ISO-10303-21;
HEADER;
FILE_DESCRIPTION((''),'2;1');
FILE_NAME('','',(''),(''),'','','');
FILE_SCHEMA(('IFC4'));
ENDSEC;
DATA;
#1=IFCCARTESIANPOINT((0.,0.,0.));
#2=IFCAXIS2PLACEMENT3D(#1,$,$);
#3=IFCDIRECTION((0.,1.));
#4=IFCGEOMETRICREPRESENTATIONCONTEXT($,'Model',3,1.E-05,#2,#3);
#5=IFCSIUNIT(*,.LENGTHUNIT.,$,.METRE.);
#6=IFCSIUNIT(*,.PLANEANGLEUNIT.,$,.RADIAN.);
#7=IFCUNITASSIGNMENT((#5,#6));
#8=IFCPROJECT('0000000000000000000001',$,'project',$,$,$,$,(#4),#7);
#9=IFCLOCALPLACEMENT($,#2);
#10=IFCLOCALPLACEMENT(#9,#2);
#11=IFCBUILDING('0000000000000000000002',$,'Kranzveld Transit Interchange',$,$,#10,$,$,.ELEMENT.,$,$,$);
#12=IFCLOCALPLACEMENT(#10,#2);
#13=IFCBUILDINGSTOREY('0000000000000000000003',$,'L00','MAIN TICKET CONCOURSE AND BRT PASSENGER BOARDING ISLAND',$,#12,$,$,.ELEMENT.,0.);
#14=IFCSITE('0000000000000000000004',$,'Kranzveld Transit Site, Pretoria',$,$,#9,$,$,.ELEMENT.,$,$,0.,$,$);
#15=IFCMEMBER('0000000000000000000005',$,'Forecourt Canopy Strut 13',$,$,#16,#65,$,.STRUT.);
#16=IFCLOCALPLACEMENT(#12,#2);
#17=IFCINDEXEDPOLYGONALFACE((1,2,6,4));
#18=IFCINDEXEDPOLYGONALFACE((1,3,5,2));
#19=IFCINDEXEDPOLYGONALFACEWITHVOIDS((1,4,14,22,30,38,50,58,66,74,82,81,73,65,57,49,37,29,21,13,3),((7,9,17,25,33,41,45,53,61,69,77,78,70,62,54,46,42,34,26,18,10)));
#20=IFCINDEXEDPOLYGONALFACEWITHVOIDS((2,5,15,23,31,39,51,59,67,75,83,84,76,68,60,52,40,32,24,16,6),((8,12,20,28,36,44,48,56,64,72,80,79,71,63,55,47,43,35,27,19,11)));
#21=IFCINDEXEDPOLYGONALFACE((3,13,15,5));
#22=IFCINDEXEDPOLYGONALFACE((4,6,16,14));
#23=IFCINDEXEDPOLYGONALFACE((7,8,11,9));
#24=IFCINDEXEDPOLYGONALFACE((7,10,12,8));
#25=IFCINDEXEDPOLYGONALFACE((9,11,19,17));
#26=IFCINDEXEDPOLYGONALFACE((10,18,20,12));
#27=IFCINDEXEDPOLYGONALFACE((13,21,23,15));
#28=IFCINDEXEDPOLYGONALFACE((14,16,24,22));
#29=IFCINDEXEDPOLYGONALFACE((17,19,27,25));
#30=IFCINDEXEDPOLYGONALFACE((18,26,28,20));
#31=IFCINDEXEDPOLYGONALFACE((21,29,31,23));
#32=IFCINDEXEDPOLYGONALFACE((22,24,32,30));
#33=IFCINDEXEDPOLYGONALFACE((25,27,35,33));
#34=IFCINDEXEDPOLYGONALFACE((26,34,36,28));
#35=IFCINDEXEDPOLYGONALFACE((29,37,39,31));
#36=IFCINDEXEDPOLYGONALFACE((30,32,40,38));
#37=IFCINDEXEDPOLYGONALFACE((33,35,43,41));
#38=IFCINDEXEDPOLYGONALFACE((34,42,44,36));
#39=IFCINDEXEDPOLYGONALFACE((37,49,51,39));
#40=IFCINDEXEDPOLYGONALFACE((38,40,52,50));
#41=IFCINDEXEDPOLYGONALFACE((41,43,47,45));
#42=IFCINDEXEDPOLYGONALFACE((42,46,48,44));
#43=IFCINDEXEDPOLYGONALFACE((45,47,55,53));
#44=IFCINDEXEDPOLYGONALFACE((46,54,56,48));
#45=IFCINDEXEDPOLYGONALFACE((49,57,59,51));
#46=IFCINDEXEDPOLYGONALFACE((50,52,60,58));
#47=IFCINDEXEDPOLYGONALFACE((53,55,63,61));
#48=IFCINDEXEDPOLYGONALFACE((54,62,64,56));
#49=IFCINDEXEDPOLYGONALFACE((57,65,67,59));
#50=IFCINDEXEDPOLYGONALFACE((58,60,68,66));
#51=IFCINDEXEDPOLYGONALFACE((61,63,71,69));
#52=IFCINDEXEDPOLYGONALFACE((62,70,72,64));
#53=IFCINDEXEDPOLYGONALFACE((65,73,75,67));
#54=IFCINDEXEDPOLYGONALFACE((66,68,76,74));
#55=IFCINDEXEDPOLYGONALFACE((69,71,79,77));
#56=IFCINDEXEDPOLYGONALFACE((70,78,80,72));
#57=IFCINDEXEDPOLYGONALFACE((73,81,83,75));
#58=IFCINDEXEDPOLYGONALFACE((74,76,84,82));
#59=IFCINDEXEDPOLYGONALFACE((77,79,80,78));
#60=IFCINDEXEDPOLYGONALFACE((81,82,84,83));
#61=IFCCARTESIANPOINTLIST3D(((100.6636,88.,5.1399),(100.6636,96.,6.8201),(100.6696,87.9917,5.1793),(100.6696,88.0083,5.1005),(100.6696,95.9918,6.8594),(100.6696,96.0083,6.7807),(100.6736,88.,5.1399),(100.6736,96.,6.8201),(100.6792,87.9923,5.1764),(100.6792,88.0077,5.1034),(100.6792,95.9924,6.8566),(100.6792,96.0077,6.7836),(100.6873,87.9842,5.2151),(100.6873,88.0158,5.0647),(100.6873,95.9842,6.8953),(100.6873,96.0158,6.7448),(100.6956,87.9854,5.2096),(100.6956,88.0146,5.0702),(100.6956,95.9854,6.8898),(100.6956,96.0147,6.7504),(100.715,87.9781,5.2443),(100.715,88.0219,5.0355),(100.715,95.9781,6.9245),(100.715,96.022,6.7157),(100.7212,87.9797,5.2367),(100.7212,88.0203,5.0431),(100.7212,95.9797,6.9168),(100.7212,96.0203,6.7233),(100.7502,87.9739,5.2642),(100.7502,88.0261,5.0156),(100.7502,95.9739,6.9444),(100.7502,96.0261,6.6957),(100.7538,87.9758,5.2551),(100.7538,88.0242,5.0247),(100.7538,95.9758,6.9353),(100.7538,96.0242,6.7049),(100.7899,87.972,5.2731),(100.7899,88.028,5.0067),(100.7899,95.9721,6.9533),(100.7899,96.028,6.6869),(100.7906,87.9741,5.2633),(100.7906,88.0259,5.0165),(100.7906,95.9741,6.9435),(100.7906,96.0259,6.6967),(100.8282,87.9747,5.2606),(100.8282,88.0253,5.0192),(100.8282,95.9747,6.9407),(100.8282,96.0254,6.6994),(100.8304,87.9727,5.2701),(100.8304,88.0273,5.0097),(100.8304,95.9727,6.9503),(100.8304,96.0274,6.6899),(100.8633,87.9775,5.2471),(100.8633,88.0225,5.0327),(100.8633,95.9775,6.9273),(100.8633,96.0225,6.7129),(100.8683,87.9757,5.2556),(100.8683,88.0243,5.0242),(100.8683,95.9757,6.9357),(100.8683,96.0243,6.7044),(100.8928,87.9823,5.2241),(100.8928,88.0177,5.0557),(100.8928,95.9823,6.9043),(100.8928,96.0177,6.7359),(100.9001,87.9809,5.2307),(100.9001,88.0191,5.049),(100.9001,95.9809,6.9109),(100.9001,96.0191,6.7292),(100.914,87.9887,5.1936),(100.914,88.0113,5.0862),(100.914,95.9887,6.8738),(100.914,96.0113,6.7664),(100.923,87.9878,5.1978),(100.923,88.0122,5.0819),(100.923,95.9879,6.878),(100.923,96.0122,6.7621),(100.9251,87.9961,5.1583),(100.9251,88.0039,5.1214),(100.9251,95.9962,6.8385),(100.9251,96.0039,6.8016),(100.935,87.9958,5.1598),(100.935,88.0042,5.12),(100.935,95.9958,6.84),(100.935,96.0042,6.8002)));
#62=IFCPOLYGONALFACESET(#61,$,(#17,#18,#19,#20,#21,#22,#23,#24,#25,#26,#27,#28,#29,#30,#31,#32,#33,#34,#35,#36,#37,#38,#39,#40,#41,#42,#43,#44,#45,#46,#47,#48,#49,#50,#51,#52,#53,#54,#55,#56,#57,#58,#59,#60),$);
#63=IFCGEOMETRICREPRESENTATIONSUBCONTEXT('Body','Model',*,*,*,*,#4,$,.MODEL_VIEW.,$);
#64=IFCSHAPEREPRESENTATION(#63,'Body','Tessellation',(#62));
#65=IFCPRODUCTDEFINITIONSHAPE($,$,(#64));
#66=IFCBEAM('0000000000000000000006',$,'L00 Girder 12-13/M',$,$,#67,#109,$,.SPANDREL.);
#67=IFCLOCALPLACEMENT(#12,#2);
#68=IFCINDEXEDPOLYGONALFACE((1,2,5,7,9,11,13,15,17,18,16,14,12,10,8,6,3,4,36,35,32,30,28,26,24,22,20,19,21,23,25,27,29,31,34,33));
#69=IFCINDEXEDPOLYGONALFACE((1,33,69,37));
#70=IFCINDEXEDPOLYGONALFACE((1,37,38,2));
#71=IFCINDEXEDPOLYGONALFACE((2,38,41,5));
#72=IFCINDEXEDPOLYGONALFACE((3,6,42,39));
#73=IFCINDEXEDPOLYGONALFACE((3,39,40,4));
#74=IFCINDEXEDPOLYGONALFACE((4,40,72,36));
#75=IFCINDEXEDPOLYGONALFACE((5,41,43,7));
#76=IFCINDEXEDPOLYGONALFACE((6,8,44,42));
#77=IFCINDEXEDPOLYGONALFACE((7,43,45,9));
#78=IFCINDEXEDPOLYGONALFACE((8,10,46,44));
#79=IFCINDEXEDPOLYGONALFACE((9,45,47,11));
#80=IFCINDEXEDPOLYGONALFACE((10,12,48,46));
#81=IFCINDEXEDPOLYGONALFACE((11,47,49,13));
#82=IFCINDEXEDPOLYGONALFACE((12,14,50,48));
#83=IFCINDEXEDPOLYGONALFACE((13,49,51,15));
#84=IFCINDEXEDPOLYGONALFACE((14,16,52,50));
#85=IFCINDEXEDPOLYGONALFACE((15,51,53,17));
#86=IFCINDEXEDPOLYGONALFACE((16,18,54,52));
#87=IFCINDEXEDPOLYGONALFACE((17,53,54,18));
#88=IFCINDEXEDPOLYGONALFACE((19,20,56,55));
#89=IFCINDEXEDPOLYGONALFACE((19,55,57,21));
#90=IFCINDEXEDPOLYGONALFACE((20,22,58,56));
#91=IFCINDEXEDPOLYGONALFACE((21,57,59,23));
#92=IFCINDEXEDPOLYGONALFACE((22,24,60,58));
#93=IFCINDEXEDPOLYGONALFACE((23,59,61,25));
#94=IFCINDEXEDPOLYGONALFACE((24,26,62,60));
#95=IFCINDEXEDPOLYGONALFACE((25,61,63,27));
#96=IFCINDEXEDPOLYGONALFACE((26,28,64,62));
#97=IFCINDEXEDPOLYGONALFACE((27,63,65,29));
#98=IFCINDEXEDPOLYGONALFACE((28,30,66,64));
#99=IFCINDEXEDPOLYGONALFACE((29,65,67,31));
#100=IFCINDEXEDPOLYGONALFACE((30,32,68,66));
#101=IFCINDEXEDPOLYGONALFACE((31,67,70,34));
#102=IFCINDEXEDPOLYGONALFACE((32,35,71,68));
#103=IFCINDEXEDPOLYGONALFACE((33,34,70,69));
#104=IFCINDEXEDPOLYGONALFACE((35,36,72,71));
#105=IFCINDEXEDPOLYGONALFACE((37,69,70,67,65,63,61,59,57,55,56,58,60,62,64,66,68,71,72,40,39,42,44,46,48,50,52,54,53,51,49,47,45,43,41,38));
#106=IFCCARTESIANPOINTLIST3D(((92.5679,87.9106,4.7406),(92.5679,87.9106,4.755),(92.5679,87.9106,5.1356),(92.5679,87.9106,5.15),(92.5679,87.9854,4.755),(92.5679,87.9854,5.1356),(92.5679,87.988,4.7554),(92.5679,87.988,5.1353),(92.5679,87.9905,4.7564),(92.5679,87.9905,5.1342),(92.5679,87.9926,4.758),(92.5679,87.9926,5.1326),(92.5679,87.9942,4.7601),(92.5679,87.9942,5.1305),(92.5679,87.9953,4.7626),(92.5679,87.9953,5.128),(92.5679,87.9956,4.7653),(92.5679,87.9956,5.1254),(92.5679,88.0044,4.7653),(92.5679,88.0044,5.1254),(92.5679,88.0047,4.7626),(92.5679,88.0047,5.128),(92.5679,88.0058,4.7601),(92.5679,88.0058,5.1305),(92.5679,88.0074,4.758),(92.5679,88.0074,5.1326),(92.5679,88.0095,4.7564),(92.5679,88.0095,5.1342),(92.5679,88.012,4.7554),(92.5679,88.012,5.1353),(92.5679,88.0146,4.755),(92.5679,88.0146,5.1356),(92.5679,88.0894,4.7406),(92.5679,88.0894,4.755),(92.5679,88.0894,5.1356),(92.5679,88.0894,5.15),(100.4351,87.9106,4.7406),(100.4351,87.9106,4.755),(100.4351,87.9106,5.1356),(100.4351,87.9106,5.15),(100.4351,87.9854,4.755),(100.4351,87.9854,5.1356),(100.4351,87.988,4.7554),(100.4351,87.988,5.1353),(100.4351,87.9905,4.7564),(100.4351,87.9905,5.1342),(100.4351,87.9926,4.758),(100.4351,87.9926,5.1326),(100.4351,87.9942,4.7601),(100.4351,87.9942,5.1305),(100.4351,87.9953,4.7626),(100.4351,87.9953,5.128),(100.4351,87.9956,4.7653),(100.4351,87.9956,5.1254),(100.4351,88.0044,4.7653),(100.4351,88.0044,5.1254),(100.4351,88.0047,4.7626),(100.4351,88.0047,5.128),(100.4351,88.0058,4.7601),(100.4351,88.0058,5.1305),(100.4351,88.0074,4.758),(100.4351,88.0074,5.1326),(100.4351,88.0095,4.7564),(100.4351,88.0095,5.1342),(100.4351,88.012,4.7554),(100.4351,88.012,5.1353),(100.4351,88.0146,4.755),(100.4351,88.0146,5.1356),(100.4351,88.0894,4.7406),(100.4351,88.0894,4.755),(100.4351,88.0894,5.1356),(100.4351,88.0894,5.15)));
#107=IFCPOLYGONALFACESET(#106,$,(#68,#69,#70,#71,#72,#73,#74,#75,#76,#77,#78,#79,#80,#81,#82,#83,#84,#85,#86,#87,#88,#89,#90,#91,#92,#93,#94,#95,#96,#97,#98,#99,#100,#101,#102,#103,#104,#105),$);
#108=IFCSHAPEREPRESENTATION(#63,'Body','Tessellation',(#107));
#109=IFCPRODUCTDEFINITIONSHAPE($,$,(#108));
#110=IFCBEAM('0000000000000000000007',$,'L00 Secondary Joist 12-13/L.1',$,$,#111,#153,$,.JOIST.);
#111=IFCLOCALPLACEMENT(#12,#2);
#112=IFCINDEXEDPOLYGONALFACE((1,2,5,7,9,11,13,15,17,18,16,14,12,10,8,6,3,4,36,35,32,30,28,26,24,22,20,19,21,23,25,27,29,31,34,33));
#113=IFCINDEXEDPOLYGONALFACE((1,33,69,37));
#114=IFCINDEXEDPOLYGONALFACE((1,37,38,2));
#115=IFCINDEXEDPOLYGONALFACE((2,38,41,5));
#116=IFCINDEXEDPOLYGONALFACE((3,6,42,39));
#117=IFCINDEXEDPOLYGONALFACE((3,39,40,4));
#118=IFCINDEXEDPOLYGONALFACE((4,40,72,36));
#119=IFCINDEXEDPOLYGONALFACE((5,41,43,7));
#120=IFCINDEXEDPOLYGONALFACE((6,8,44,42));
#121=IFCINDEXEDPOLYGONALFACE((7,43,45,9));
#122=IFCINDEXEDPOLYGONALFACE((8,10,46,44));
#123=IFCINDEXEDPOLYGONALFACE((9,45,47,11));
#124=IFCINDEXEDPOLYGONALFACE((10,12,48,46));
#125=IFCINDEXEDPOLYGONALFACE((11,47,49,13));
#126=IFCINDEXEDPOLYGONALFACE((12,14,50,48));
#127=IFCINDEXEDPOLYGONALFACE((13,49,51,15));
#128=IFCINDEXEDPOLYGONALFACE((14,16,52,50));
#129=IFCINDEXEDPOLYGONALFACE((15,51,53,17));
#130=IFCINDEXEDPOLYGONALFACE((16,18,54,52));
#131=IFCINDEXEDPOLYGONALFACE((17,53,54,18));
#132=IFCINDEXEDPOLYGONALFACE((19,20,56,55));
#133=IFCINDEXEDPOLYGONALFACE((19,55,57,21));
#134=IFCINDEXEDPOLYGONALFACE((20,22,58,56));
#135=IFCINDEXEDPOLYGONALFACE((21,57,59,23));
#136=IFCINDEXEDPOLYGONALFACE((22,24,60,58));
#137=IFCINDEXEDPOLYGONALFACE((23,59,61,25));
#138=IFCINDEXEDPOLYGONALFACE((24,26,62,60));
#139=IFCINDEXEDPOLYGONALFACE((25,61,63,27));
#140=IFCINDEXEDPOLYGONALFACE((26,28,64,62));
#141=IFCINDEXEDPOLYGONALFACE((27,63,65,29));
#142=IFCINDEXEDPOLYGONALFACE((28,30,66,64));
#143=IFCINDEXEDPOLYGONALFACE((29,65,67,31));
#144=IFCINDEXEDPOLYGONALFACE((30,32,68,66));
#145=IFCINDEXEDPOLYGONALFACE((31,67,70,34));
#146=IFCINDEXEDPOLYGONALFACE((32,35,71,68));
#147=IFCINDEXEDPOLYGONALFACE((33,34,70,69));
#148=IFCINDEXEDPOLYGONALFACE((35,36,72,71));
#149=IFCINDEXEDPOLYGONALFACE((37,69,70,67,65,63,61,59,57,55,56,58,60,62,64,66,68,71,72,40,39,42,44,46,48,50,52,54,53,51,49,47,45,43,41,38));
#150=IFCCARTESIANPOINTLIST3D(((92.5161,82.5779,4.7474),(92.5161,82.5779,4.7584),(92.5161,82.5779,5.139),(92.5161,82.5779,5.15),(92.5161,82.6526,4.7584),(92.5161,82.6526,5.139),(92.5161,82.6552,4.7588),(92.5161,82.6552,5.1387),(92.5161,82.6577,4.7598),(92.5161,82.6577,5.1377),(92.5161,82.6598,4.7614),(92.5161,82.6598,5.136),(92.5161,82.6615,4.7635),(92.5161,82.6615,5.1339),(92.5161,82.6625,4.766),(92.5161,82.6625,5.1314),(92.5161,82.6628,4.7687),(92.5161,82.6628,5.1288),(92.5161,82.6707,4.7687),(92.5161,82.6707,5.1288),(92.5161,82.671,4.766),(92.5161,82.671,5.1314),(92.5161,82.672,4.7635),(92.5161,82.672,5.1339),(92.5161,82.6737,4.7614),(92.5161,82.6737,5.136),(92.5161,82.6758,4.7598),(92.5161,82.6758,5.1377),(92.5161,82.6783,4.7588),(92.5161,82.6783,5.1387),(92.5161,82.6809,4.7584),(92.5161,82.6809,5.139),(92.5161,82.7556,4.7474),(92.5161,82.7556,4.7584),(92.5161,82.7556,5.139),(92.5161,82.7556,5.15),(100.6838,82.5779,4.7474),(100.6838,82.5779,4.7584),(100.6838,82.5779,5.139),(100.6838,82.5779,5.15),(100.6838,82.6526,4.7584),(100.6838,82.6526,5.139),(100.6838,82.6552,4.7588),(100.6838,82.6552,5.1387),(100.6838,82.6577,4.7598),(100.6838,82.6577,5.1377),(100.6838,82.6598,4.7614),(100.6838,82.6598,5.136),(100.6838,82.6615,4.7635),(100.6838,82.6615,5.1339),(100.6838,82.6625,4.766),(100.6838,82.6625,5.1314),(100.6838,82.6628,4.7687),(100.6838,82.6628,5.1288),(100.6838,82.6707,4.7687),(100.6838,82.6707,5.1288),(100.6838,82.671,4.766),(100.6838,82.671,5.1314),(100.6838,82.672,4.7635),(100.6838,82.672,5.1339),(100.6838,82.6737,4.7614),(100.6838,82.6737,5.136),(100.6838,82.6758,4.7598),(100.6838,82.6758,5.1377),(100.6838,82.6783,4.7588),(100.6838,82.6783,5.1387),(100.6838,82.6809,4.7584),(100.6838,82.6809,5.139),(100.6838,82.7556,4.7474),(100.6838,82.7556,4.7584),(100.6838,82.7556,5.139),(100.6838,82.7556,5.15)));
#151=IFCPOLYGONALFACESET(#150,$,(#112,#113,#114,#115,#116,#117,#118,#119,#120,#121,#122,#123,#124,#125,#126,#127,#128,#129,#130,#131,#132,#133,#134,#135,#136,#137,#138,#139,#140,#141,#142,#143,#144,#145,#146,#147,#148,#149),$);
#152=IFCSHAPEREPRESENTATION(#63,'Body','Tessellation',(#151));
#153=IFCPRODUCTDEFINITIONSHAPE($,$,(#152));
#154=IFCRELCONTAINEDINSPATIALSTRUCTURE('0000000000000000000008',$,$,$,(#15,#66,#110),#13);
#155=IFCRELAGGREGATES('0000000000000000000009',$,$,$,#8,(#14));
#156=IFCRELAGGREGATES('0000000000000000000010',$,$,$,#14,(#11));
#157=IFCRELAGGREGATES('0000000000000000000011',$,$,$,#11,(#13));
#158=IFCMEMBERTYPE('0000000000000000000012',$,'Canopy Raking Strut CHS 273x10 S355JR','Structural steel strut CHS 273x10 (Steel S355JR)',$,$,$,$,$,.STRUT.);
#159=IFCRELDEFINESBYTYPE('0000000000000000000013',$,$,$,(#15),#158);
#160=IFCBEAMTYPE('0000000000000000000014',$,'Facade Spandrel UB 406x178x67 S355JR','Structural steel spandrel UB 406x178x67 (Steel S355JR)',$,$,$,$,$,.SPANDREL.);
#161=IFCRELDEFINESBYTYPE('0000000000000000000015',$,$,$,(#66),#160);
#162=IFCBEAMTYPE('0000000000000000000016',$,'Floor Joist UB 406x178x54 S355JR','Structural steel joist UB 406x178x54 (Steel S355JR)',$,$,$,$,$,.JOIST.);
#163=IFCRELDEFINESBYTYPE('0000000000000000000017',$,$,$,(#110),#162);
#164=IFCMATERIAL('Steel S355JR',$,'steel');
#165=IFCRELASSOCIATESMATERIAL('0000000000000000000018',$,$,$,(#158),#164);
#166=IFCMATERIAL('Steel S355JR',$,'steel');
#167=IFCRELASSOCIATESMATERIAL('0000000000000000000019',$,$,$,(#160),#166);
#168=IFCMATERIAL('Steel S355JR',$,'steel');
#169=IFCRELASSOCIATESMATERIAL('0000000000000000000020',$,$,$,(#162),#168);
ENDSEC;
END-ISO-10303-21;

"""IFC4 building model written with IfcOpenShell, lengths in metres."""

from ifc_helpers import new_model, si_unit, direction, frame, origin, origin_2d, place, context, subcontext, project, spatial, hollow_circle, i_section, extrude, material, material_profile, profile_set, type_object, element, save


model = new_model("IFC4")

# Units and contexts
model_context = context("Model", 3, precision=1e-05, world=origin(), true_north=direction((0.0, 1.0)))
body_context = subcontext(model_context, "Body", "Model", "MODEL_VIEW")
ifc_project = project(units=[si_unit("LENGTHUNIT", "METRE"), si_unit("PLANEANGLEUNIT", "RADIAN")], contexts=[model_context])

# Site, building, storey
site_placement = place(None, origin())
site = spatial("IfcSite", under=ifc_project, at=site_placement, Name="Kranzveld Transit Site, Pretoria", CompositionType="ELEMENT", RefElevation=0.0)
building_placement = place(site_placement, origin())
building = spatial("IfcBuilding", under=site, at=building_placement, Name="Kranzveld Transit Interchange", CompositionType="ELEMENT")
storey_placement = place(building_placement, origin())
storey = spatial("IfcBuildingStorey", under=building, at=storey_placement, Name="L00", Description="MAIN TICKET CONCOURSE AND BRT PASSENGER BOARDING ISLAND", CompositionType="ELEMENT", Elevation=0.0)

# Member
ifc_material_1 = material(Name="Steel S355JR", Category="steel")
ifc_material_profile_1 = material_profile(ifc_material_1, hollow_circle(Radius=0.1365, WallThickness=0.01, at=origin_2d()), Name="CHS 273x10")
ifc_profile_set_1 = profile_set([ifc_material_profile_1], Name="Steel S355JR")
member_type_1 = type_object("IfcMemberType", Name="Canopy Raking Strut CHS 273x10 S355JR", Description="Structural steel strut CHS 273x10 (Steel S355JR)", PredefinedType="STRUT", material=ifc_profile_set_1)
for number, where, z_axis, x_axis, name in (
    (1, (100.8, 88.0, 5.1399), (0.0, 0.978649, 0.205538), (-1.0, 0.0, 0.0), "Forecourt Canopy Strut 13"),
):
    element("IfcMember", number, at=place(storey_placement, frame(where, z_axis=z_axis, x_axis=x_axis)), inside=storey, type_object=member_type_1, Name=name, PredefinedType="STRUT", context=body_context, shape_type="SweptSolid", body=[
        extrude(hollow_circle(Radius=0.1365, WallThickness=0.01, at=origin_2d()), origin(), (0.0, 0.0, 1.0), 8.1746),
    ])

# Beams
ifc_material_2 = material(Name="Steel S355JR", Category="steel")
ifc_material_profile_2 = material_profile(ifc_material_2, i_section(OverallWidth=0.1787, OverallDepth=0.4094, WebThickness=0.0088, FlangeThickness=0.0144, FilletRadius=0.0103, at=origin_2d()), Name="UB 406x178x67")
ifc_profile_set_2 = profile_set([ifc_material_profile_2], Name="Steel S355JR")
beam_type_1 = type_object("IfcBeamType", Name="Facade Spandrel UB 406x178x67 S355JR", Description="Structural steel spandrel UB 406x178x67 (Steel S355JR)", PredefinedType="SPANDREL", material=ifc_profile_set_2)
beam_1_placement = place(storey_placement, frame((92.5679, 88.0, 4.9453), z_axis=(1.0, 0.0, 0.0), x_axis=(0.0, 1.0, 0.0)))
element("IfcBeam", 2, at=beam_1_placement, inside=storey, type_object=beam_type_1, Name="L00 Girder 12-13/M", PredefinedType="SPANDREL", context=body_context, shape_type="SweptSolid", body=[
    extrude(i_section(OverallWidth=0.1787, OverallDepth=0.4094, WebThickness=0.0088, FlangeThickness=0.0144, FilletRadius=0.0103, at=origin_2d()), origin(), (0.0, 0.0, 1.0), 7.8672),
])
ifc_material_3 = material(Name="Steel S355JR", Category="steel")
ifc_material_profile_3 = material_profile(ifc_material_3, i_section(OverallWidth=0.1777, OverallDepth=0.4026, WebThickness=0.0078, FlangeThickness=0.011, FilletRadius=0.0103, at=origin_2d()), Name="UB 406x178x54")
ifc_profile_set_3 = profile_set([ifc_material_profile_3], Name="Steel S355JR")
beam_type_2 = type_object("IfcBeamType", Name="Floor Joist UB 406x178x54 S355JR", Description="Structural steel joist UB 406x178x54 (Steel S355JR)", PredefinedType="JOIST", material=ifc_profile_set_3)
for number, where, z_axis, x_axis, name in (
    (3, (92.5161, 82.6667, 4.9487), (1.0, 0.0, 0.0), (0.0, 1.0, 0.0), "L00 Secondary Joist 12-13/L.1"),
):
    element("IfcBeam", number, at=place(storey_placement, frame(where, z_axis=z_axis, x_axis=x_axis)), inside=storey, type_object=beam_type_2, Name=name, PredefinedType="JOIST", context=body_context, shape_type="SweptSolid", body=[
        extrude(i_section(OverallWidth=0.1777, OverallDepth=0.4026, WebThickness=0.0078, FlangeThickness=0.011, FilletRadius=0.0103, at=origin_2d()), origin(), (0.0, 0.0, 1.0), 8.1677),
    ])

save(model, "model.ifc")
